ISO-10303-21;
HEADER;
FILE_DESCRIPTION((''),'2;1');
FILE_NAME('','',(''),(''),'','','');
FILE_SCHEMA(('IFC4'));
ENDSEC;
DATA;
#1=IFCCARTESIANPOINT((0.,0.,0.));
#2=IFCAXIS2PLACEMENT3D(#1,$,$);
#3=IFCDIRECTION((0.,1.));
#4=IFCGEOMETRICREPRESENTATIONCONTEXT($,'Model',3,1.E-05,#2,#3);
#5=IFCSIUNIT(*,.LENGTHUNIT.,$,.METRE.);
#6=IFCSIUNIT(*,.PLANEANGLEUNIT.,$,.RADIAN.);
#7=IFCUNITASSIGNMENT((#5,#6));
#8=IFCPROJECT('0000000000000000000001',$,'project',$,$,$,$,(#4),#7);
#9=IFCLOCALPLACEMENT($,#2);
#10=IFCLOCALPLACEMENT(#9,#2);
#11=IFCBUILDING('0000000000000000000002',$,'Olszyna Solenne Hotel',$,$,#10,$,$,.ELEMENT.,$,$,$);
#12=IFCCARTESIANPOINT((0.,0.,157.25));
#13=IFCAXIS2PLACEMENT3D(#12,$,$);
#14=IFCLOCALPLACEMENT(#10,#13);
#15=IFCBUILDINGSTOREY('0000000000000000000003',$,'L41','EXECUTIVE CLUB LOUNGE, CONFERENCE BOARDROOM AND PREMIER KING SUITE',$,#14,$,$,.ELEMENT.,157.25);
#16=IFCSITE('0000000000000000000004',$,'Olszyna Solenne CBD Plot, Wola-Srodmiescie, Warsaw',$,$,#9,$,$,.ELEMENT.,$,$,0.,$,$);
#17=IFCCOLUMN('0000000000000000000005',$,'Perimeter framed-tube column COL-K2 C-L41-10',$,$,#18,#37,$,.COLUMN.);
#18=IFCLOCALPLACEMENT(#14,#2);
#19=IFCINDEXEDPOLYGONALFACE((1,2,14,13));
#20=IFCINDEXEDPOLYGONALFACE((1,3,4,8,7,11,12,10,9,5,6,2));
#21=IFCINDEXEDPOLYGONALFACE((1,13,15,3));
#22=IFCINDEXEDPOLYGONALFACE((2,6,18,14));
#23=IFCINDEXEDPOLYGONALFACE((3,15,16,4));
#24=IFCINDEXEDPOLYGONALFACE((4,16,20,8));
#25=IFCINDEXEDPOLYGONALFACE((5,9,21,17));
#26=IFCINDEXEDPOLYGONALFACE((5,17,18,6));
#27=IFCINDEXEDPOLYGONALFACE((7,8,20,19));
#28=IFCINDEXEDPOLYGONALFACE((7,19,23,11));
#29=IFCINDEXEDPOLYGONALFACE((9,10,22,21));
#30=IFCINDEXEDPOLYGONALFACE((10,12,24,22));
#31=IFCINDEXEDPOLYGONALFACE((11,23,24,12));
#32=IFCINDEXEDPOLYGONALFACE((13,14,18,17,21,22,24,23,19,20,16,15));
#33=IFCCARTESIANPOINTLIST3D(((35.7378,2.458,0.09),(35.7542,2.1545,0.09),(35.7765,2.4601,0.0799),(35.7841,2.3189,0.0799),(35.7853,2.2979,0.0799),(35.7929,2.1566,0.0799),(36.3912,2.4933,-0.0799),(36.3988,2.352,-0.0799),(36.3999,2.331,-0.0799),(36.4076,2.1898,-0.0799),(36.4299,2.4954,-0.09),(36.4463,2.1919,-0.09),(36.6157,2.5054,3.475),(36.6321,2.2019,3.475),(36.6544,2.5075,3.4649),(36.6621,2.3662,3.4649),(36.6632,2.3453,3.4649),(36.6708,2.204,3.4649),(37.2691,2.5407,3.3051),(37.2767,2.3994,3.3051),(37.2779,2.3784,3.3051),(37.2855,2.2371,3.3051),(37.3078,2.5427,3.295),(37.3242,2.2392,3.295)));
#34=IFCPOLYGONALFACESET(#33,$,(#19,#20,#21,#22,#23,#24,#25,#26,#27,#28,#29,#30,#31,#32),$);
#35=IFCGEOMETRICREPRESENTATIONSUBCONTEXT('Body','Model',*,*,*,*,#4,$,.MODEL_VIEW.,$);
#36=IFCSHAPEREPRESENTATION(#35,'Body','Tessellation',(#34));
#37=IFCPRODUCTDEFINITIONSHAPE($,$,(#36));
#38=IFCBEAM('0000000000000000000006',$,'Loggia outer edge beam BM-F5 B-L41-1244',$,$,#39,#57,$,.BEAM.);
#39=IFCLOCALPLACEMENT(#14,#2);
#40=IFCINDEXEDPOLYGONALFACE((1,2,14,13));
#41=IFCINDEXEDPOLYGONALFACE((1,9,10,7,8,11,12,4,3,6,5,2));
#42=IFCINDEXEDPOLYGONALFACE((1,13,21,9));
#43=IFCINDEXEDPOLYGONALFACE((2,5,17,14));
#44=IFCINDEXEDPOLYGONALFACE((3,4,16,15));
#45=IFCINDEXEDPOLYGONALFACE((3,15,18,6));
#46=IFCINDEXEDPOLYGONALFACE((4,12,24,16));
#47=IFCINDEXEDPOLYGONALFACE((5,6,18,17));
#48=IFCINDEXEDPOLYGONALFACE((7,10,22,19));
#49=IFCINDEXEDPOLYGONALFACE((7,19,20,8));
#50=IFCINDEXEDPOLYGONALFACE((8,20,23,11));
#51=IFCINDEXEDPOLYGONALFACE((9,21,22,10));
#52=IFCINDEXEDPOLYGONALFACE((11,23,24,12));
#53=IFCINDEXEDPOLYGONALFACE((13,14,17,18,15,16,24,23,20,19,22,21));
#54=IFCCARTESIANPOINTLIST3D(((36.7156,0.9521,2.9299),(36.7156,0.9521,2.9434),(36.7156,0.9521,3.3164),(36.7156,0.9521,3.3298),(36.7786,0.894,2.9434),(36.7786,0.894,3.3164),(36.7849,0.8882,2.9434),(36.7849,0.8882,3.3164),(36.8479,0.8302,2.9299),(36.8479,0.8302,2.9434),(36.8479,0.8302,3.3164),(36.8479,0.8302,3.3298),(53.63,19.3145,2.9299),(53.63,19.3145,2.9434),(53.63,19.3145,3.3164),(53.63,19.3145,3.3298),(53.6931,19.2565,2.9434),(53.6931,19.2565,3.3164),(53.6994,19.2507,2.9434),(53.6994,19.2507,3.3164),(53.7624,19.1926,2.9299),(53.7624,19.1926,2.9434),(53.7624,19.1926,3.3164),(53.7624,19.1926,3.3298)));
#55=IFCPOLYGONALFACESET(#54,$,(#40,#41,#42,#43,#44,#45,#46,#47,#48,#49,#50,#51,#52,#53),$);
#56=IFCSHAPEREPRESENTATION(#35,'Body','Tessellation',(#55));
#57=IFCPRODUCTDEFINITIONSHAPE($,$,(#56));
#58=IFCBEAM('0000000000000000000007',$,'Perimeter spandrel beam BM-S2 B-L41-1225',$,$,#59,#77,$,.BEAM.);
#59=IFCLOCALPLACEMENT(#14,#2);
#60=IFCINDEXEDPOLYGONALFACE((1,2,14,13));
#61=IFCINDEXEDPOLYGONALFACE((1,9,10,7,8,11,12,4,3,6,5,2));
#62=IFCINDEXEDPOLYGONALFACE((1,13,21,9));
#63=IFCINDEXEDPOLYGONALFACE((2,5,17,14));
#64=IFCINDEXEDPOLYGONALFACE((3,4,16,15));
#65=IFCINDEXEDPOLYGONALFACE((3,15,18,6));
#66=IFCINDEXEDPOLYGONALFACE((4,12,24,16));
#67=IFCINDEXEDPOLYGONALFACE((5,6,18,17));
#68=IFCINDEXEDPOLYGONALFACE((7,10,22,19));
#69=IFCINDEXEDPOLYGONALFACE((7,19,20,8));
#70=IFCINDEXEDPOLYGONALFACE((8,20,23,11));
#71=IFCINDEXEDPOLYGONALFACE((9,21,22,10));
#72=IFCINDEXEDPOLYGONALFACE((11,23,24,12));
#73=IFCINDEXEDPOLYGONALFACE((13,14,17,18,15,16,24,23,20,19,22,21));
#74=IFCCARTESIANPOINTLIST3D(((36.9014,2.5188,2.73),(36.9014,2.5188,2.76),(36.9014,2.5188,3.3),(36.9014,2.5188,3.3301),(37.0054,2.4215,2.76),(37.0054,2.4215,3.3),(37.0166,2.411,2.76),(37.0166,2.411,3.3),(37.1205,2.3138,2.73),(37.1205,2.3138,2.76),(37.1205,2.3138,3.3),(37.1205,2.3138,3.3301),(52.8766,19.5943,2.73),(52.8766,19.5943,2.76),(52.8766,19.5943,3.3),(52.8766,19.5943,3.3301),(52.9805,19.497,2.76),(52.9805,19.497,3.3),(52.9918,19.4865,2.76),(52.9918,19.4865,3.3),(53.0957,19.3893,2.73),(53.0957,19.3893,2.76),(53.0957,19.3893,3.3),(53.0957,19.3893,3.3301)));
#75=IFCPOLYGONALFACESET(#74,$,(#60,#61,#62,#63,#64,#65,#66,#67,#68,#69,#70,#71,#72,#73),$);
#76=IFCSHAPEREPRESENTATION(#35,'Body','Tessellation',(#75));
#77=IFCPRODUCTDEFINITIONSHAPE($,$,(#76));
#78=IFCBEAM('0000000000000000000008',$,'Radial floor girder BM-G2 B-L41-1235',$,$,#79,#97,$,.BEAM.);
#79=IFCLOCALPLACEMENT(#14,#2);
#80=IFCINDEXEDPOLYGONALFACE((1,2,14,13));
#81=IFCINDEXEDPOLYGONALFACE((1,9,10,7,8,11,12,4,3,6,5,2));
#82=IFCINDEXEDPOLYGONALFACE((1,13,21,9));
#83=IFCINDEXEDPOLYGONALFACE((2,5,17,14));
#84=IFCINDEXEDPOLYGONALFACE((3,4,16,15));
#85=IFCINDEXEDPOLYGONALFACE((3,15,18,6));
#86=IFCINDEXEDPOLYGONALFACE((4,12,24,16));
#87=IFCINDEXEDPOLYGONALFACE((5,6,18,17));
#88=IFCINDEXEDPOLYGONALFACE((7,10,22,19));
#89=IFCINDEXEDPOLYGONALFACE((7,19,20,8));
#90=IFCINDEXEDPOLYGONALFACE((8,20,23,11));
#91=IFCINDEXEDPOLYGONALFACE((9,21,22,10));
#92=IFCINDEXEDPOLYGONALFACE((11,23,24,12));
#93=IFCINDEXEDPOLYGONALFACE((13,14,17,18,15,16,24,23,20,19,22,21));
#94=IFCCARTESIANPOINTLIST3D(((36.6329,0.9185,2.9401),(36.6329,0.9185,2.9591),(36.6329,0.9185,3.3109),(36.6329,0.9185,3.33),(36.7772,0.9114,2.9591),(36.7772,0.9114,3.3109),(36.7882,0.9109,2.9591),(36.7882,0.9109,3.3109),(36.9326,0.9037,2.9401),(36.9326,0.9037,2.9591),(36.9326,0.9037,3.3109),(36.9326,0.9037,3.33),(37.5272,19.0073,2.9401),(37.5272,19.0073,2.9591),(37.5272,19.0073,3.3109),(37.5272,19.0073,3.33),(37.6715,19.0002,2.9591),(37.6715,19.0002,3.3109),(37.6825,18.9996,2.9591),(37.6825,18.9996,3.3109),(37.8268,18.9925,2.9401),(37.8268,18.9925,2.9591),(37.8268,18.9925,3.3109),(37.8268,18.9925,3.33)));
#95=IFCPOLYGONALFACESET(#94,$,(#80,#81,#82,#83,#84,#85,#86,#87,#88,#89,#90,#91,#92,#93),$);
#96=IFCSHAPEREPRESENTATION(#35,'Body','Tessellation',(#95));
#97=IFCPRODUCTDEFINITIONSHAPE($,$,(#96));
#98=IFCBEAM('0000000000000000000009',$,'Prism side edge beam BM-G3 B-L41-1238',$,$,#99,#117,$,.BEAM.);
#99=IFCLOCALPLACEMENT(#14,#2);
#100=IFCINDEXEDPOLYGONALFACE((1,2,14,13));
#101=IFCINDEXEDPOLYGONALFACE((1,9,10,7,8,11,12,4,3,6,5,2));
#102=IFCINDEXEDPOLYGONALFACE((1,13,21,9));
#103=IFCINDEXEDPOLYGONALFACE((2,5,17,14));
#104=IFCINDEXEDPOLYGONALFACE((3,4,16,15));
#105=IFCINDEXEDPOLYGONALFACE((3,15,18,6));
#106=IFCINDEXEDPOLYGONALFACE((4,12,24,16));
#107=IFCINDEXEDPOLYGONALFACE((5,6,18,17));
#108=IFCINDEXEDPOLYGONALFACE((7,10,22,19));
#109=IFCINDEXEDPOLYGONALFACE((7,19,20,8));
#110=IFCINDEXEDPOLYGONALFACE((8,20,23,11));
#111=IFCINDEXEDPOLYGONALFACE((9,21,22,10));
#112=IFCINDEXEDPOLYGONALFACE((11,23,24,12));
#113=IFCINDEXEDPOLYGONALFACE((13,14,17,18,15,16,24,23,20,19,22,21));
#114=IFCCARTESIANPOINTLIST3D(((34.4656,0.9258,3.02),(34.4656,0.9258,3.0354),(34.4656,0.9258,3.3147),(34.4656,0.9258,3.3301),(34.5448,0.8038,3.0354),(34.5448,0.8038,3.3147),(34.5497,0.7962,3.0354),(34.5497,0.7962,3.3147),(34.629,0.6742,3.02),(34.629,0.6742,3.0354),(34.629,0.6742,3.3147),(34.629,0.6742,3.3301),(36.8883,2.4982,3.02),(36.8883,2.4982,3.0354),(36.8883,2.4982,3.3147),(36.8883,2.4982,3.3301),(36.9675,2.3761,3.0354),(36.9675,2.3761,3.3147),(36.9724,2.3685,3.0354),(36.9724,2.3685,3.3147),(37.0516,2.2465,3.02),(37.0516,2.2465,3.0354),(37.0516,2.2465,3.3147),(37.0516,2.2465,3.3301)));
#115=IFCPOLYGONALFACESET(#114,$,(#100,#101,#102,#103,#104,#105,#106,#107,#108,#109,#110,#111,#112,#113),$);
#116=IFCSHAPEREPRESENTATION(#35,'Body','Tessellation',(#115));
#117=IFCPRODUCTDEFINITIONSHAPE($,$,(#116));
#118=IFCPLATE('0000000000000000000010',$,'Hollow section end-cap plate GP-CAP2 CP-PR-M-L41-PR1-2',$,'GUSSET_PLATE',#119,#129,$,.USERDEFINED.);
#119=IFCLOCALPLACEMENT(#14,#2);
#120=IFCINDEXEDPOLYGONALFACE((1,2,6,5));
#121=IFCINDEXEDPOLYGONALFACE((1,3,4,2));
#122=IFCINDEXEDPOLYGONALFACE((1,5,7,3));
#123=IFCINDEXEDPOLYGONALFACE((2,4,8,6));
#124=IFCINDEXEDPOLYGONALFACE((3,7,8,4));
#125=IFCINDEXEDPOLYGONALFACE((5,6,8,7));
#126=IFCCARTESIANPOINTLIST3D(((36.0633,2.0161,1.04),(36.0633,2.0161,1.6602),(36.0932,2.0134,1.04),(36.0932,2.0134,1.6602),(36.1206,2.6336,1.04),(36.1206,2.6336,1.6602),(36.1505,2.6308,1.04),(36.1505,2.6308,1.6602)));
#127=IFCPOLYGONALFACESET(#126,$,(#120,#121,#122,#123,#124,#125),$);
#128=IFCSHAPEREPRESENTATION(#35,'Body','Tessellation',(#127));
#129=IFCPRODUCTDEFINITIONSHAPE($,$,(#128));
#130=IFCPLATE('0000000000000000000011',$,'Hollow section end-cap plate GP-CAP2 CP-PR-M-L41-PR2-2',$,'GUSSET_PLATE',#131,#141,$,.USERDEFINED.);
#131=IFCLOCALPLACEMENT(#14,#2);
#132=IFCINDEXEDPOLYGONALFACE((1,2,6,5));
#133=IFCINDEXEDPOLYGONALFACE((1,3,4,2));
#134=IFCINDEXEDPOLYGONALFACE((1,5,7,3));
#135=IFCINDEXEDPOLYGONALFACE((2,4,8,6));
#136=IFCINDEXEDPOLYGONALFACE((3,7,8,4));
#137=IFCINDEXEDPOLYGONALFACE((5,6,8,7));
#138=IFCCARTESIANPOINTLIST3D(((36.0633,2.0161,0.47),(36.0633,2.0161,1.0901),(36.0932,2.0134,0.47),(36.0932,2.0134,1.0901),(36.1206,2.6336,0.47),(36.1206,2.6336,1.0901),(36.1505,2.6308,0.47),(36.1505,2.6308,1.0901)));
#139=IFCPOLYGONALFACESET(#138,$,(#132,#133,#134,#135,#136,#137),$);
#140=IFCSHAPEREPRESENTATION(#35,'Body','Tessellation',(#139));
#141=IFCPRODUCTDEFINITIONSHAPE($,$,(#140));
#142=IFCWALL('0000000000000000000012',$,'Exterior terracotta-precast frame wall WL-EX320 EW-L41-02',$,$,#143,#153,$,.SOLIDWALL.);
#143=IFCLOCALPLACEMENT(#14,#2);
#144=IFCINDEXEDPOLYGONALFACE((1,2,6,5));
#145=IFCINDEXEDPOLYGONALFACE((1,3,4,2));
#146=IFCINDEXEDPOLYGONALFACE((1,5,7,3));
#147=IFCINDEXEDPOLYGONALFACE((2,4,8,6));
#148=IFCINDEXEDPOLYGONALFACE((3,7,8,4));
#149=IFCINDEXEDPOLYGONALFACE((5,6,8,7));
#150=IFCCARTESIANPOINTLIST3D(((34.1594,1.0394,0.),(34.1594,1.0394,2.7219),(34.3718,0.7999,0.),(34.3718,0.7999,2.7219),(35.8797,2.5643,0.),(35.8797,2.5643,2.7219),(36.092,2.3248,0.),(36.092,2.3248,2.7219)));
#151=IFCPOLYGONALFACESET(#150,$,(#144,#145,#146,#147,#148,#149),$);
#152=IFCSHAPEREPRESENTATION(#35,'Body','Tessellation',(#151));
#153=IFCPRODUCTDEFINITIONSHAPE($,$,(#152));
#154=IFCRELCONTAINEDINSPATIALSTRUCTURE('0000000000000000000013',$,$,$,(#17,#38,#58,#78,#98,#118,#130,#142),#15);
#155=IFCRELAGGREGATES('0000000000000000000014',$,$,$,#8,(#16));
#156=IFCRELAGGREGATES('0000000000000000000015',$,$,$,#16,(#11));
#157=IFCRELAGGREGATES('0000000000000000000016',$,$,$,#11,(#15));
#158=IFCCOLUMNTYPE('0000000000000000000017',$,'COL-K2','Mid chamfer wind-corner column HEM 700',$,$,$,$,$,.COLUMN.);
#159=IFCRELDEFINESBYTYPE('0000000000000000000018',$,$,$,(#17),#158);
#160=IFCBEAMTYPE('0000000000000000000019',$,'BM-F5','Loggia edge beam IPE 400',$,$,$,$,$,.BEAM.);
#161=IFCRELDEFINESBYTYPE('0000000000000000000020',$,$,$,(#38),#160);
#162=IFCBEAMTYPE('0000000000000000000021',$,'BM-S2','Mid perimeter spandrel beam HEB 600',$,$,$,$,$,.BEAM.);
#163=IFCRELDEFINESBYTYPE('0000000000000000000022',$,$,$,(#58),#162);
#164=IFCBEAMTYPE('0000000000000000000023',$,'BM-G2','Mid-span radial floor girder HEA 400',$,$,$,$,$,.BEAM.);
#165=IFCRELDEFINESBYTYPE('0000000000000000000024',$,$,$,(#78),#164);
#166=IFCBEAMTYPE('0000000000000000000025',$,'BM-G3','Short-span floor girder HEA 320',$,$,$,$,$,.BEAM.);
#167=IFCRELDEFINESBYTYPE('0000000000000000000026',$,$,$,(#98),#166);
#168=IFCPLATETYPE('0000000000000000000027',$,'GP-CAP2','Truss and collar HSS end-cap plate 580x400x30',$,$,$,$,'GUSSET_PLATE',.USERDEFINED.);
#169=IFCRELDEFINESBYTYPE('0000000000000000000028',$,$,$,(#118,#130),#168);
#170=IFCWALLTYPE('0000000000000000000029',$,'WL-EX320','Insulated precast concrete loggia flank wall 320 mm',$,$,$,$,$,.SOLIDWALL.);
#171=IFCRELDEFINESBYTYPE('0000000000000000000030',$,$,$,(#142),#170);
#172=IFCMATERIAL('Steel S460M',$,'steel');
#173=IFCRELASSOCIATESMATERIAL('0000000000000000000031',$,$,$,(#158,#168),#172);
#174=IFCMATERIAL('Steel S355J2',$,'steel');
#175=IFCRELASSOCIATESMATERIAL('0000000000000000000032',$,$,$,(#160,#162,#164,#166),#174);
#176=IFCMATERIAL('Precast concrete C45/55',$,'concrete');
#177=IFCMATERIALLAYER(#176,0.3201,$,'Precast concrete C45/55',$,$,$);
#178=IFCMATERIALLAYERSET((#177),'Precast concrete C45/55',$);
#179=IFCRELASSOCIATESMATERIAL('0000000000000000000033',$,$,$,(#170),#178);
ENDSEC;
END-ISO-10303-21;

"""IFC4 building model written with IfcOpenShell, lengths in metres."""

from ifc_helpers import new_model, si_unit, direction, frame, frame_2d, origin, origin_2d, place, context, subcontext, project, spatial, rectangle, i_section, extrude, source, transform, mapped, material, layer, layer_set, material_profile, profile_set, type_object, element, save


model = new_model("IFC4")

# Units and contexts
model_context = context("Model", 3, precision=1e-05, world=origin(), true_north=direction((0.0, 1.0)))
body_context = subcontext(model_context, "Body", "Model", "MODEL_VIEW")
ifc_project = project(units=[si_unit("LENGTHUNIT", "METRE"), si_unit("PLANEANGLEUNIT", "RADIAN")], contexts=[model_context])

# Site, building, storey
site_placement = place(None, origin())
site = spatial("IfcSite", under=ifc_project, at=site_placement, Name="Olszyna Solenne CBD Plot, Wola-Srodmiescie, Warsaw", CompositionType="ELEMENT", RefElevation=0.0)
building_placement = place(site_placement, origin())
building = spatial("IfcBuilding", under=site, at=building_placement, Name="Olszyna Solenne Hotel", CompositionType="ELEMENT")
storey_placement = place(building_placement, frame((0.0, 0.0, 157.25)))
storey = spatial("IfcBuildingStorey", under=building, at=storey_placement, Name="L41", Description="EXECUTIVE CLUB LOUNGE, CONFERENCE BOARDROOM AND PREMIER KING SUITE", CompositionType="ELEMENT", Elevation=157.25)

# Column
ifc_material_1 = material(Name="Steel S460M", Category="steel")
ifc_material_profile_1 = material_profile(ifc_material_1, i_section(OverallWidth=0.304, OverallDepth=0.7161, WebThickness=0.021, FlangeThickness=0.04, at=origin_2d()), Name="HEM 700", Category="load-bearing")
ifc_profile_set_1 = profile_set([ifc_material_profile_1], Name="Steel S460M")
column_type = type_object("IfcColumnType", Name="COL-K2", Description="Mid chamfer wind-corner column HEM 700", PredefinedType="COLUMN", material=ifc_profile_set_1)
shared_shape_1 = source(origin(), body_context, "Body", "SweptSolid", [
    extrude(i_section(OverallWidth=0.304, OverallDepth=0.7161, WebThickness=0.021, FlangeThickness=0.04, at=origin_2d()), origin(), (0.0, 0.0, 1.0), 3.4973),
])
column_placement = place(storey_placement, frame((36.092, 2.325, 0.0), z_axis=(0.251029, 0.013543, 0.967885), x_axis=(-0.05387, 0.998548, 0.0)))
element("IfcColumn", 1, at=column_placement, inside=storey, type_object=column_type, Name="Perimeter framed-tube column COL-K2 C-L41-10", PredefinedType="COLUMN", context=body_context, shape_type="MappedRepresentation", body=[
    mapped(shared_shape_1, transform((0.0, 0.0, 0.0), x_axis=(1.0, 0.0, 0.0), y_axis=(0.0, 1.0, 0.0), z_axis=(0.0, 0.0, 1.0), scale=1.0)),
])

# Beams
ifc_material_2 = material(Name="Steel S355J2", Category="steel")
ifc_material_profile_2 = material_profile(ifc_material_2, i_section(OverallWidth=0.1799, OverallDepth=0.3999, WebThickness=0.0085, FlangeThickness=0.0134, at=origin_2d()), Name="IPE 400", Category="load-bearing")
ifc_profile_set_2 = profile_set([ifc_material_profile_2], Name="Steel S355J2")
beam_type_1 = type_object("IfcBeamType", Name="BM-F5", Description="Loggia edge beam IPE 400", PredefinedType="BEAM", material=ifc_profile_set_2)
shared_shape_2 = source(origin(), body_context, "Body", "SweptSolid", [
    extrude(i_section(OverallWidth=0.1799, OverallDepth=0.3999, WebThickness=0.0085, FlangeThickness=0.0134, at=origin_2d()), origin(), (0.0, 0.0, 1.0), 24.9656),
])
beam_1_placement = place(storey_placement, frame((36.7817, 0.8911, 3.1299), z_axis=(0.677512, 0.735512, 0.0), x_axis=(-0.735512, 0.677512, 0.0)))
element("IfcBeam", 2, at=beam_1_placement, inside=storey, type_object=beam_type_1, Name="Loggia outer edge beam BM-F5 B-L41-1244", PredefinedType="BEAM", context=body_context, shape_type="MappedRepresentation", body=[
    mapped(shared_shape_2, transform((0.0, 0.0, 0.0), x_axis=(1.0, 0.0, 0.0), y_axis=(0.0, 1.0, 0.0), z_axis=(0.0, 0.0, 1.0), scale=1.0)),
])
ifc_material_profile_3 = material_profile(ifc_material_2, i_section(OverallWidth=0.3, OverallDepth=0.6001, WebThickness=0.0154, FlangeThickness=0.03, at=origin_2d()), Name="HEB 600", Category="load-bearing")
ifc_profile_set_3 = profile_set([ifc_material_profile_3], Name="Steel S355J2")
beam_type_2 = type_object("IfcBeamType", Name="BM-S2", Description="Mid perimeter spandrel beam HEB 600", PredefinedType="BEAM", material=ifc_profile_set_3)
shared_shape_3 = source(origin(), body_context, "Body", "SweptSolid", [
    extrude(i_section(OverallWidth=0.3, OverallDepth=0.6001, WebThickness=0.0154, FlangeThickness=0.03, at=origin_2d()), origin(), (0.0, 0.0, 1.0), 23.3833),
])
beam_2_placement = place(storey_placement, frame((37.011, 2.4163, 3.03), z_axis=(0.683187, 0.730244, 0.0), x_axis=(-0.730244, 0.683187, 0.0)))
element("IfcBeam", 3, at=beam_2_placement, inside=storey, type_object=beam_type_2, Name="Perimeter spandrel beam BM-S2 B-L41-1225", PredefinedType="BEAM", context=body_context, shape_type="MappedRepresentation", body=[
    mapped(shared_shape_3, transform((0.0, 0.0, 0.0), x_axis=(1.0, 0.0, 0.0), y_axis=(0.0, 1.0, 0.0), z_axis=(0.0, 0.0, 1.0), scale=1.0)),
])
ifc_material_profile_4 = material_profile(ifc_material_2, i_section(OverallWidth=0.3, OverallDepth=0.3899, WebThickness=0.011, FlangeThickness=0.019, at=origin_2d()), Name="HEA 400", Category="load-bearing")
ifc_profile_set_4 = profile_set([ifc_material_profile_4], Name="Steel S355J2")
beam_type_3 = type_object("IfcBeamType", Name="BM-G2", Description="Mid-span radial floor girder HEA 400", PredefinedType="BEAM", material=ifc_profile_set_4)
shared_shape_4 = source(origin(), body_context, "Body", "SweptSolid", [
    extrude(i_section(OverallWidth=0.3, OverallDepth=0.3899, WebThickness=0.011, FlangeThickness=0.019, at=origin_2d()), origin(), (0.0, 0.0, 1.0), 18.1108),
])
beam_3_placement = place(storey_placement, frame((36.7827, 0.9111, 3.135), z_axis=(0.049378, 0.99878, 0.0), x_axis=(-0.99878, 0.049378, 0.0)))
element("IfcBeam", 4, at=beam_3_placement, inside=storey, type_object=beam_type_3, Name="Radial floor girder BM-G2 B-L41-1235", PredefinedType="BEAM", context=body_context, shape_type="MappedRepresentation", body=[
    mapped(shared_shape_4, transform((0.0, 0.0, 0.0), x_axis=(1.0, 0.0, 0.0), y_axis=(0.0, 1.0, 0.0), z_axis=(0.0, 0.0, 1.0), scale=1.0)),
])
ifc_material_profile_5 = material_profile(ifc_material_2, i_section(OverallWidth=0.3, OverallDepth=0.3101, WebThickness=0.009, FlangeThickness=0.0154, at=origin_2d()), Name="HEA 320", Category="load-bearing")
ifc_profile_set_5 = profile_set([ifc_material_profile_5], Name="Steel S355J2")
beam_type_4 = type_object("IfcBeamType", Name="BM-G3", Description="Short-span floor girder HEA 320", PredefinedType="BEAM", material=ifc_profile_set_5)
shared_shape_5 = source(origin(), body_context, "Body", "SweptSolid", [
    extrude(i_section(OverallWidth=0.3, OverallDepth=0.3101, WebThickness=0.009, FlangeThickness=0.0154, at=origin_2d()), origin(), (0.0, 0.0, 1.0), 2.8882),
])
beam_4_placement = place(storey_placement, frame((36.97, 2.3723, 3.175), z_axis=(-0.838828, -0.544397, 0.0), x_axis=(0.544397, -0.838828, 0.0)))
element("IfcBeam", 5, at=beam_4_placement, inside=storey, type_object=beam_type_4, Name="Prism side edge beam BM-G3 B-L41-1238", PredefinedType="BEAM", context=body_context, shape_type="MappedRepresentation", body=[
    mapped(shared_shape_5, transform((0.0, 0.0, 0.0), x_axis=(1.0, 0.0, 0.0), y_axis=(0.0, 1.0, 0.0), z_axis=(0.0, 0.0, 1.0), scale=1.0)),
])

# Plates
plate_type = type_object("IfcPlateType", Name="GP-CAP2", Description="Truss and collar HSS end-cap plate 580x400x30", ElementType="GUSSET_PLATE", PredefinedType="USERDEFINED", material=ifc_material_1)
shared_shape_6 = source(origin(), body_context, "Body", "SweptSolid", [
    extrude(rectangle(XDim=0.03, YDim=0.6201, at=origin_2d()), origin(), (0.0, 0.0, 1.0), 0.6201),
])
for number, where, z_axis, x_axis, name in (
    (6, (36.1069, 2.3235, 1.04), (0.0, 0.0, 1.0), (0.995725, -0.092371, 0.0), "Hollow section end-cap plate GP-CAP2 CP-PR-M-L41-PR1-2"),
    (7, (36.1069, 2.3235, 0.47), (0.0, 0.0, 1.0), (0.995725, -0.092371, 0.0), "Hollow section end-cap plate GP-CAP2 CP-PR-M-L41-PR2-2"),
):
    element("IfcPlate", number, at=place(storey_placement, frame(where, z_axis=z_axis, x_axis=x_axis)), inside=storey, type_object=plate_type, Name=name, ObjectType="GUSSET_PLATE", PredefinedType="USERDEFINED", context=body_context, shape_type="MappedRepresentation", body=[
        mapped(shared_shape_6, transform((0.0, 0.0, 0.0), x_axis=(1.0, 0.0, 0.0), y_axis=(0.0, 1.0, 0.0), z_axis=(0.0, 0.0, 1.0), scale=1.0)),
    ])

# Wall
ifc_material_3 = material(Name="Precast concrete C45/55", Category="concrete")
ifc_layer_1 = layer(ifc_material_3, 0.3201, Name="Precast concrete C45/55")
ifc_layer_set_1 = layer_set([ifc_layer_1], Name="Precast concrete C45/55")
wall_type_1 = type_object("IfcWallType", Name="WL-EX320", Description="Insulated precast concrete loggia flank wall 320 mm", PredefinedType="SOLIDWALL", material=ifc_layer_set_1)
wall_1_placement = place(storey_placement, frame((35.9858, 2.4446, 0.0), z_axis=(0.0, 0.0, 1.0), x_axis=(-0.748311, -0.663348, 0.0)))
element("IfcWall", 8, at=wall_1_placement, inside=storey, type_object=wall_type_1, Name="Exterior terracotta-precast frame wall WL-EX320 EW-L41-02", PredefinedType="SOLIDWALL", context=body_context, shape_type="SweptSolid", body=[
    extrude(rectangle(XDim=2.2988, YDim=0.3201, at=frame_2d((1.1494, 0.0))), origin(), (0.0, 0.0, 1.0), 2.7219),
])

save(model, "model.ifc")
